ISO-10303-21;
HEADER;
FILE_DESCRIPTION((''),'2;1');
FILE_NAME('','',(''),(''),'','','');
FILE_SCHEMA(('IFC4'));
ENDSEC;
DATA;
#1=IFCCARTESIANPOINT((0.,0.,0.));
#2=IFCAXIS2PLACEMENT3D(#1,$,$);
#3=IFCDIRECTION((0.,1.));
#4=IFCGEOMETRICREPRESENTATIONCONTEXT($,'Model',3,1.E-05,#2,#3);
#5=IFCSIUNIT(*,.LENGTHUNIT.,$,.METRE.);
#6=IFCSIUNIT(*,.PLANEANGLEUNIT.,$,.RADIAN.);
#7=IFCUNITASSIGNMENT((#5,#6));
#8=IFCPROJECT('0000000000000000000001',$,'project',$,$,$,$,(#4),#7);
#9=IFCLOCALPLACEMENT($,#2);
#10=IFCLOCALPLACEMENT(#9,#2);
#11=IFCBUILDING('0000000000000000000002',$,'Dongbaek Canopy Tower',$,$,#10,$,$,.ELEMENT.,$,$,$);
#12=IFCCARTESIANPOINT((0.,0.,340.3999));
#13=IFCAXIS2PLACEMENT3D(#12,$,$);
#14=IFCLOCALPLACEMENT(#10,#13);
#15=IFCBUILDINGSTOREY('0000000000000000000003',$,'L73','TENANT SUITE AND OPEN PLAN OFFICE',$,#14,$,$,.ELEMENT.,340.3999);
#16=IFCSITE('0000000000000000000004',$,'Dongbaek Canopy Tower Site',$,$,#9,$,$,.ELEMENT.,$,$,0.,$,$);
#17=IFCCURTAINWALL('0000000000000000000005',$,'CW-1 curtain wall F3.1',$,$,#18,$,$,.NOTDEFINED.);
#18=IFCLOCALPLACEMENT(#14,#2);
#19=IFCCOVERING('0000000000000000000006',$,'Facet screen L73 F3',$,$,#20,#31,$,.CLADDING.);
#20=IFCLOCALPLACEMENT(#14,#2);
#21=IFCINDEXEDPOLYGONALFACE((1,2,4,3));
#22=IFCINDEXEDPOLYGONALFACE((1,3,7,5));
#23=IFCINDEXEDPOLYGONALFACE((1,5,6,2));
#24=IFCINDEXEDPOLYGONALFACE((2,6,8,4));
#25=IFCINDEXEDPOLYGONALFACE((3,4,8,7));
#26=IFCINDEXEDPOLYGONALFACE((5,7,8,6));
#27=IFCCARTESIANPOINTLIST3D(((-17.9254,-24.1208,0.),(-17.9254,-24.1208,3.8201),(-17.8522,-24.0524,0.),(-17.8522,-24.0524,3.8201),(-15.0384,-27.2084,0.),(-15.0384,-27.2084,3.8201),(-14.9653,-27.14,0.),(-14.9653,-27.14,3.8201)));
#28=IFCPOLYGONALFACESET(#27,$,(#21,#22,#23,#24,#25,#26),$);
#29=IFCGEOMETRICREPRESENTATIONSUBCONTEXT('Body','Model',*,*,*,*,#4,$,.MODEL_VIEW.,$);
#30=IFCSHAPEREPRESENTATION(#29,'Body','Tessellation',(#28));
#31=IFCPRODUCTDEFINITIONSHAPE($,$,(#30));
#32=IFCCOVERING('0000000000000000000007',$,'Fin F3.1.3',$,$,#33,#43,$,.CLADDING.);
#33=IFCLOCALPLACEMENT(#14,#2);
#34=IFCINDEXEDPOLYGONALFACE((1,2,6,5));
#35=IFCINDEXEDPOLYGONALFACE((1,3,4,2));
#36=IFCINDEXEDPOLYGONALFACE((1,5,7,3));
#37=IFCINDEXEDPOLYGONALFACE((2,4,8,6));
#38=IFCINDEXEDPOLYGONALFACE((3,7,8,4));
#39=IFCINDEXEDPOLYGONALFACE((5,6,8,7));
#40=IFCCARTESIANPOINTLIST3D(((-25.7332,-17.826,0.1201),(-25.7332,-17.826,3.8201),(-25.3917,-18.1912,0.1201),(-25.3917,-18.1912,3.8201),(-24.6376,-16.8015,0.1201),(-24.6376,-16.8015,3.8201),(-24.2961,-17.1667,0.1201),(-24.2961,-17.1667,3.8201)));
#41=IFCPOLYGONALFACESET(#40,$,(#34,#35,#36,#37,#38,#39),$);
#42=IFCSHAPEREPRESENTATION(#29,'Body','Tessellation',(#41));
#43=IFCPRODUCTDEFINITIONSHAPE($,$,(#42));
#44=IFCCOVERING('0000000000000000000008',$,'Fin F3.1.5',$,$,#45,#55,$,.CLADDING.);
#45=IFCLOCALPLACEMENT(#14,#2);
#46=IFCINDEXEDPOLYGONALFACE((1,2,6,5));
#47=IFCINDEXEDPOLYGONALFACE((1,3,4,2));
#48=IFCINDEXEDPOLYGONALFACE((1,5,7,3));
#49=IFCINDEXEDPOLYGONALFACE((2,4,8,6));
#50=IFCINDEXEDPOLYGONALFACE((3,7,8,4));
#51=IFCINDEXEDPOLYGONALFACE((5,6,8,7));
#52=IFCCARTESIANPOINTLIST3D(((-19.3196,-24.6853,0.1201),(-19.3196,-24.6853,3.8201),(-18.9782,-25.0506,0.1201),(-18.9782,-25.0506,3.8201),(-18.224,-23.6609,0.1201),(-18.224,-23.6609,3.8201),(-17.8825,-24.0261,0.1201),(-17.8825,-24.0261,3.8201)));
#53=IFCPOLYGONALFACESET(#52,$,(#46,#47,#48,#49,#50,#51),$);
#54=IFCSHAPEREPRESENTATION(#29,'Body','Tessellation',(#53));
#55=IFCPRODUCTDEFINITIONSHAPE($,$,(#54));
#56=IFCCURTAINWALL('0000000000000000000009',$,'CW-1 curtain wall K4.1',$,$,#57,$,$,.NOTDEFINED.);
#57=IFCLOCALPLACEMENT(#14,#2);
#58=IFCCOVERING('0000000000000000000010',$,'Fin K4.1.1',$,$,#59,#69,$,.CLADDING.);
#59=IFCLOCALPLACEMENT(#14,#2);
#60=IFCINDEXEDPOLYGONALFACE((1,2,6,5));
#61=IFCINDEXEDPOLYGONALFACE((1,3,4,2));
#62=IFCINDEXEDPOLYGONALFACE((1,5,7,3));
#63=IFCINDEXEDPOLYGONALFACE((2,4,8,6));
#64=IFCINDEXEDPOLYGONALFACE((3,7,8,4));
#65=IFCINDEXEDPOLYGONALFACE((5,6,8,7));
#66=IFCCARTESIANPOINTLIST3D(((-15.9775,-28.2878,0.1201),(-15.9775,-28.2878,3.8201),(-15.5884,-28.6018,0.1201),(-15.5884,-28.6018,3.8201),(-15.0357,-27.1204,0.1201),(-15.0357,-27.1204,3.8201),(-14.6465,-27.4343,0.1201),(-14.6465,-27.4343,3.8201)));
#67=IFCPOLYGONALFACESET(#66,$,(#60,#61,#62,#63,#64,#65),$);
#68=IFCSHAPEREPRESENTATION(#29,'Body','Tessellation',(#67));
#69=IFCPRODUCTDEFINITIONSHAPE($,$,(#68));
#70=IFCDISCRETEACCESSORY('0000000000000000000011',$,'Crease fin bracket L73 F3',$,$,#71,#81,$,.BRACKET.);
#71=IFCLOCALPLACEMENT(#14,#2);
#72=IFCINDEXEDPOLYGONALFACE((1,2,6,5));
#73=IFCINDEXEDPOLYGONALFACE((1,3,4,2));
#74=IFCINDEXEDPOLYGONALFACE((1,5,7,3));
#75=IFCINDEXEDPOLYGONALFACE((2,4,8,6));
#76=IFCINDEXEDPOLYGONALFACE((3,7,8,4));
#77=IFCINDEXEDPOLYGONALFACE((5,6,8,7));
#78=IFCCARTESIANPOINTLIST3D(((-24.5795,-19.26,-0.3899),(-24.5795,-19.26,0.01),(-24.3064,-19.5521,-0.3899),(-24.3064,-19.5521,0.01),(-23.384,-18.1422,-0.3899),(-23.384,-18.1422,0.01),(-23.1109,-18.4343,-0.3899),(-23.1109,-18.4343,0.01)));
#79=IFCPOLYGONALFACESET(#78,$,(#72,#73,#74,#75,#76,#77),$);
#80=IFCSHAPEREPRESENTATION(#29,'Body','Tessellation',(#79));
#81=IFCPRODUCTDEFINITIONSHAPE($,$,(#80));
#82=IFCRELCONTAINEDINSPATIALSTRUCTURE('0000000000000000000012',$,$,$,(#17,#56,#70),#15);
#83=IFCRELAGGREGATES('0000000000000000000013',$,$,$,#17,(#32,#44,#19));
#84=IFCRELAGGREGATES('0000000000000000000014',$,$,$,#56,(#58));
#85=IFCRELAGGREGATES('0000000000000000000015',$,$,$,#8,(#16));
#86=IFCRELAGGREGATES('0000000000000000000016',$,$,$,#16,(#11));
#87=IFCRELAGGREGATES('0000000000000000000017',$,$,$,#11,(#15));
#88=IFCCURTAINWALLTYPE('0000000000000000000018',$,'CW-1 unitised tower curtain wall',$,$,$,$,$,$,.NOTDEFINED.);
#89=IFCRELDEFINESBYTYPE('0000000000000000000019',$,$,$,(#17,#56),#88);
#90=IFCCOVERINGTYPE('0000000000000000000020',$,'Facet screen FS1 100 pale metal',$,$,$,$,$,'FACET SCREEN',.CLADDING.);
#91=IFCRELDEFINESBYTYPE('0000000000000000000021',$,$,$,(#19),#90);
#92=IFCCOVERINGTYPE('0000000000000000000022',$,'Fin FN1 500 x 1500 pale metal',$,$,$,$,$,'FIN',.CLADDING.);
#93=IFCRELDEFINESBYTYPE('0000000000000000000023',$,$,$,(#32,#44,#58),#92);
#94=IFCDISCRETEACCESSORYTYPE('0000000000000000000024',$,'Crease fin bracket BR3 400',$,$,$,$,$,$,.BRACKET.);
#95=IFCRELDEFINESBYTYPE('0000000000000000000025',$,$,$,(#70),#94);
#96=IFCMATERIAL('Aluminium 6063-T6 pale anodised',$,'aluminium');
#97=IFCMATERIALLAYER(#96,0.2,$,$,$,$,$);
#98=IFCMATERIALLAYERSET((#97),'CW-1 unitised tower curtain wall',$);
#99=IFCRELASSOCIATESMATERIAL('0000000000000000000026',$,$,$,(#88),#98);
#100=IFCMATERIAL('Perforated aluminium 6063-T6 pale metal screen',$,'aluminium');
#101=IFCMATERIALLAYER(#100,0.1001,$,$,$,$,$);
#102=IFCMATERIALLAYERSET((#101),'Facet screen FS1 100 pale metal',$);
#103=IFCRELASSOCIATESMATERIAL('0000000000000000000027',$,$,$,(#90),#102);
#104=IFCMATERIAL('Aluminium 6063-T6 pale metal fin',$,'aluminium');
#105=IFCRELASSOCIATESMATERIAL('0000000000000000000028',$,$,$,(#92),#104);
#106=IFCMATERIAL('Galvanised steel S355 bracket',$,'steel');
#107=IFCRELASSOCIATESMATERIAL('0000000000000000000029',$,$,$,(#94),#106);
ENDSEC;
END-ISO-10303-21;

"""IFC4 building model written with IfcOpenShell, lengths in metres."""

from ifc_helpers import new_model, si_unit, direction, frame, origin, origin_2d, place, context, subcontext, project, spatial, rectangle, extrude, material, layer, layer_set, material_profile, profile_set, type_object, element, aggregate, save


model = new_model("IFC4")

# Units and contexts
model_context = context("Model", 3, precision=1e-05, world=origin(), true_north=direction((0.0, 1.0)))
body_context = subcontext(model_context, "Body", "Model", "MODEL_VIEW")
ifc_project = project(units=[si_unit("LENGTHUNIT", "METRE"), si_unit("PLANEANGLEUNIT", "RADIAN")], contexts=[model_context])

# Site, building, storey
site_placement = place(None, origin())
site = spatial("IfcSite", under=ifc_project, at=site_placement, Name="Dongbaek Canopy Tower Site", CompositionType="ELEMENT", RefElevation=0.0)
building_placement = place(site_placement, origin())
building = spatial("IfcBuilding", under=site, at=building_placement, Name="Dongbaek Canopy Tower", CompositionType="ELEMENT")
storey_placement = place(building_placement, frame((0.0, 0.0, 340.3999)))
storey = spatial("IfcBuildingStorey", under=building, at=storey_placement, Name="L73", Description="TENANT SUITE AND OPEN PLAN OFFICE", CompositionType="ELEMENT", Elevation=340.3999)

# Curtain wall
ifc_material_1 = material(Name="Aluminium 6063-T6 pale anodised", Category="aluminium")
ifc_layer_1 = layer(ifc_material_1, 0.2)
ifc_layer_set_1 = layer_set([ifc_layer_1], Name="CW-1 unitised tower curtain wall")
curtain_wall_type = type_object("IfcCurtainWallType", Name="CW-1 unitised tower curtain wall", PredefinedType="NOTDEFINED", material=ifc_layer_set_1)
curtain_wall_1_placement = place(storey_placement, origin())
curtain_wall_1 = element("IfcCurtainWall", 1, at=curtain_wall_1_placement, inside=storey, type_object=curtain_wall_type, Name="CW-1 curtain wall F3.1", PredefinedType="NOTDEFINED")

# Coverings
ifc_material_2 = material(Name="Perforated aluminium 6063-T6 pale metal screen", Category="aluminium")
ifc_layer_2 = layer(ifc_material_2, 0.1001)
ifc_layer_set_2 = layer_set([ifc_layer_2], Name="Facet screen FS1 100 pale metal")
covering_type_1 = type_object("IfcCoveringType", Name="Facet screen FS1 100 pale metal", ElementType="FACET SCREEN", PredefinedType="CLADDING", material=ifc_layer_set_2)
covering_1_placement = place(storey_placement, frame((-16.4453, -25.6304, 0.0), z_axis=(0.0, 0.0, 1.0), x_axis=(0.682978, -0.730439, 0.0)))
covering_1 = element("IfcCovering", 2, at=covering_1_placement, type_object=covering_type_1, Name="Facet screen L73 F3", PredefinedType="CLADDING", context=body_context, shape_type="SweptSolid", body=[
    extrude(rectangle(XDim=4.2271, YDim=0.1001, at=origin_2d()), origin(), (0.0, 0.0, 1.0), 3.8201),
])
ifc_material_3 = material(Name="Aluminium 6063-T6 pale metal fin", Category="aluminium")
ifc_material_profile_1 = material_profile(ifc_material_3, rectangle(XDim=1.5, YDim=0.5, at=origin_2d()), Name="Fin FN1 500 x 1500 pale metal")
ifc_profile_set_1 = profile_set([ifc_material_profile_1], Name="Aluminium 6063-T6 pale metal fin")
covering_type_2 = type_object("IfcCoveringType", Name="Fin FN1 500 x 1500 pale metal", ElementType="FIN", PredefinedType="CLADDING", material=ifc_profile_set_1)
covering_2_placement = place(storey_placement, frame((-25.0146, -17.4963, 0.1201), z_axis=(0.0, 0.0, 1.0), x_axis=(-0.730438, -0.682979, 0.0)))
covering_2 = element("IfcCovering", 3, at=covering_2_placement, type_object=covering_type_2, Name="Fin F3.1.3", PredefinedType="CLADDING", context=body_context, shape_type="SweptSolid", body=[
    extrude(rectangle(XDim=1.5, YDim=0.5, at=origin_2d()), origin(), (0.0, 0.0, 1.0), 3.7),
])
covering_3_placement = place(storey_placement, frame((-18.6011, -24.3557, 0.1201), z_axis=(0.0, 0.0, 1.0), x_axis=(-0.730438, -0.682979, 0.0)))
covering_3 = element("IfcCovering", 4, at=covering_3_placement, type_object=covering_type_2, Name="Fin F3.1.5", PredefinedType="CLADDING", context=body_context, shape_type="SweptSolid", body=[
    extrude(rectangle(XDim=1.5, YDim=0.5, at=origin_2d()), origin(), (0.0, 0.0, 1.0), 3.7),
])
aggregate(curtain_wall_1, [covering_2, covering_3, covering_1])

# Curtain wall, covering
curtain_wall_2_placement = place(storey_placement, origin())
curtain_wall_2 = element("IfcCurtainWall", 5, at=curtain_wall_2_placement, inside=storey, type_object=curtain_wall_type, Name="CW-1 curtain wall K4.1", PredefinedType="NOTDEFINED")
covering_4_placement = place(storey_placement, frame((-15.312, -27.8611, 0.1201), z_axis=(0.0, 0.0, 1.0), x_axis=(-0.627904, -0.778291, 0.0)))
covering_4 = element("IfcCovering", 6, at=covering_4_placement, type_object=covering_type_2, Name="Fin K4.1.1", PredefinedType="CLADDING", context=body_context, shape_type="SweptSolid", body=[
    extrude(rectangle(XDim=1.5, YDim=0.5, at=origin_2d()), origin(), (0.0, 0.0, 1.0), 3.7),
])
aggregate(curtain_wall_2, [covering_4])

# Discrete accessory
ifc_material_4 = material(Name="Galvanised steel S355 bracket", Category="steel")
discrete_accessory_type = type_object("IfcDiscreteAccessoryType", Name="Crease fin bracket BR3 400", PredefinedType="BRACKET", material=ifc_material_4)
discrete_accessory_placement = place(storey_placement, frame((-23.8452, -18.8472, -0.3899), z_axis=(0.0, 0.0, 1.0), x_axis=(-0.730439, -0.682978, 0.0)))
element("IfcDiscreteAccessory", 7, at=discrete_accessory_placement, inside=storey, type_object=discrete_accessory_type, Name="Crease fin bracket L73 F3", PredefinedType="BRACKET", context=body_context, shape_type="SweptSolid", body=[
    extrude(rectangle(XDim=1.6367, YDim=0.3999, at=origin_2d()), origin(), (0.0, 0.0, 1.0), 0.3999),
])

save(model, "model.ifc")
